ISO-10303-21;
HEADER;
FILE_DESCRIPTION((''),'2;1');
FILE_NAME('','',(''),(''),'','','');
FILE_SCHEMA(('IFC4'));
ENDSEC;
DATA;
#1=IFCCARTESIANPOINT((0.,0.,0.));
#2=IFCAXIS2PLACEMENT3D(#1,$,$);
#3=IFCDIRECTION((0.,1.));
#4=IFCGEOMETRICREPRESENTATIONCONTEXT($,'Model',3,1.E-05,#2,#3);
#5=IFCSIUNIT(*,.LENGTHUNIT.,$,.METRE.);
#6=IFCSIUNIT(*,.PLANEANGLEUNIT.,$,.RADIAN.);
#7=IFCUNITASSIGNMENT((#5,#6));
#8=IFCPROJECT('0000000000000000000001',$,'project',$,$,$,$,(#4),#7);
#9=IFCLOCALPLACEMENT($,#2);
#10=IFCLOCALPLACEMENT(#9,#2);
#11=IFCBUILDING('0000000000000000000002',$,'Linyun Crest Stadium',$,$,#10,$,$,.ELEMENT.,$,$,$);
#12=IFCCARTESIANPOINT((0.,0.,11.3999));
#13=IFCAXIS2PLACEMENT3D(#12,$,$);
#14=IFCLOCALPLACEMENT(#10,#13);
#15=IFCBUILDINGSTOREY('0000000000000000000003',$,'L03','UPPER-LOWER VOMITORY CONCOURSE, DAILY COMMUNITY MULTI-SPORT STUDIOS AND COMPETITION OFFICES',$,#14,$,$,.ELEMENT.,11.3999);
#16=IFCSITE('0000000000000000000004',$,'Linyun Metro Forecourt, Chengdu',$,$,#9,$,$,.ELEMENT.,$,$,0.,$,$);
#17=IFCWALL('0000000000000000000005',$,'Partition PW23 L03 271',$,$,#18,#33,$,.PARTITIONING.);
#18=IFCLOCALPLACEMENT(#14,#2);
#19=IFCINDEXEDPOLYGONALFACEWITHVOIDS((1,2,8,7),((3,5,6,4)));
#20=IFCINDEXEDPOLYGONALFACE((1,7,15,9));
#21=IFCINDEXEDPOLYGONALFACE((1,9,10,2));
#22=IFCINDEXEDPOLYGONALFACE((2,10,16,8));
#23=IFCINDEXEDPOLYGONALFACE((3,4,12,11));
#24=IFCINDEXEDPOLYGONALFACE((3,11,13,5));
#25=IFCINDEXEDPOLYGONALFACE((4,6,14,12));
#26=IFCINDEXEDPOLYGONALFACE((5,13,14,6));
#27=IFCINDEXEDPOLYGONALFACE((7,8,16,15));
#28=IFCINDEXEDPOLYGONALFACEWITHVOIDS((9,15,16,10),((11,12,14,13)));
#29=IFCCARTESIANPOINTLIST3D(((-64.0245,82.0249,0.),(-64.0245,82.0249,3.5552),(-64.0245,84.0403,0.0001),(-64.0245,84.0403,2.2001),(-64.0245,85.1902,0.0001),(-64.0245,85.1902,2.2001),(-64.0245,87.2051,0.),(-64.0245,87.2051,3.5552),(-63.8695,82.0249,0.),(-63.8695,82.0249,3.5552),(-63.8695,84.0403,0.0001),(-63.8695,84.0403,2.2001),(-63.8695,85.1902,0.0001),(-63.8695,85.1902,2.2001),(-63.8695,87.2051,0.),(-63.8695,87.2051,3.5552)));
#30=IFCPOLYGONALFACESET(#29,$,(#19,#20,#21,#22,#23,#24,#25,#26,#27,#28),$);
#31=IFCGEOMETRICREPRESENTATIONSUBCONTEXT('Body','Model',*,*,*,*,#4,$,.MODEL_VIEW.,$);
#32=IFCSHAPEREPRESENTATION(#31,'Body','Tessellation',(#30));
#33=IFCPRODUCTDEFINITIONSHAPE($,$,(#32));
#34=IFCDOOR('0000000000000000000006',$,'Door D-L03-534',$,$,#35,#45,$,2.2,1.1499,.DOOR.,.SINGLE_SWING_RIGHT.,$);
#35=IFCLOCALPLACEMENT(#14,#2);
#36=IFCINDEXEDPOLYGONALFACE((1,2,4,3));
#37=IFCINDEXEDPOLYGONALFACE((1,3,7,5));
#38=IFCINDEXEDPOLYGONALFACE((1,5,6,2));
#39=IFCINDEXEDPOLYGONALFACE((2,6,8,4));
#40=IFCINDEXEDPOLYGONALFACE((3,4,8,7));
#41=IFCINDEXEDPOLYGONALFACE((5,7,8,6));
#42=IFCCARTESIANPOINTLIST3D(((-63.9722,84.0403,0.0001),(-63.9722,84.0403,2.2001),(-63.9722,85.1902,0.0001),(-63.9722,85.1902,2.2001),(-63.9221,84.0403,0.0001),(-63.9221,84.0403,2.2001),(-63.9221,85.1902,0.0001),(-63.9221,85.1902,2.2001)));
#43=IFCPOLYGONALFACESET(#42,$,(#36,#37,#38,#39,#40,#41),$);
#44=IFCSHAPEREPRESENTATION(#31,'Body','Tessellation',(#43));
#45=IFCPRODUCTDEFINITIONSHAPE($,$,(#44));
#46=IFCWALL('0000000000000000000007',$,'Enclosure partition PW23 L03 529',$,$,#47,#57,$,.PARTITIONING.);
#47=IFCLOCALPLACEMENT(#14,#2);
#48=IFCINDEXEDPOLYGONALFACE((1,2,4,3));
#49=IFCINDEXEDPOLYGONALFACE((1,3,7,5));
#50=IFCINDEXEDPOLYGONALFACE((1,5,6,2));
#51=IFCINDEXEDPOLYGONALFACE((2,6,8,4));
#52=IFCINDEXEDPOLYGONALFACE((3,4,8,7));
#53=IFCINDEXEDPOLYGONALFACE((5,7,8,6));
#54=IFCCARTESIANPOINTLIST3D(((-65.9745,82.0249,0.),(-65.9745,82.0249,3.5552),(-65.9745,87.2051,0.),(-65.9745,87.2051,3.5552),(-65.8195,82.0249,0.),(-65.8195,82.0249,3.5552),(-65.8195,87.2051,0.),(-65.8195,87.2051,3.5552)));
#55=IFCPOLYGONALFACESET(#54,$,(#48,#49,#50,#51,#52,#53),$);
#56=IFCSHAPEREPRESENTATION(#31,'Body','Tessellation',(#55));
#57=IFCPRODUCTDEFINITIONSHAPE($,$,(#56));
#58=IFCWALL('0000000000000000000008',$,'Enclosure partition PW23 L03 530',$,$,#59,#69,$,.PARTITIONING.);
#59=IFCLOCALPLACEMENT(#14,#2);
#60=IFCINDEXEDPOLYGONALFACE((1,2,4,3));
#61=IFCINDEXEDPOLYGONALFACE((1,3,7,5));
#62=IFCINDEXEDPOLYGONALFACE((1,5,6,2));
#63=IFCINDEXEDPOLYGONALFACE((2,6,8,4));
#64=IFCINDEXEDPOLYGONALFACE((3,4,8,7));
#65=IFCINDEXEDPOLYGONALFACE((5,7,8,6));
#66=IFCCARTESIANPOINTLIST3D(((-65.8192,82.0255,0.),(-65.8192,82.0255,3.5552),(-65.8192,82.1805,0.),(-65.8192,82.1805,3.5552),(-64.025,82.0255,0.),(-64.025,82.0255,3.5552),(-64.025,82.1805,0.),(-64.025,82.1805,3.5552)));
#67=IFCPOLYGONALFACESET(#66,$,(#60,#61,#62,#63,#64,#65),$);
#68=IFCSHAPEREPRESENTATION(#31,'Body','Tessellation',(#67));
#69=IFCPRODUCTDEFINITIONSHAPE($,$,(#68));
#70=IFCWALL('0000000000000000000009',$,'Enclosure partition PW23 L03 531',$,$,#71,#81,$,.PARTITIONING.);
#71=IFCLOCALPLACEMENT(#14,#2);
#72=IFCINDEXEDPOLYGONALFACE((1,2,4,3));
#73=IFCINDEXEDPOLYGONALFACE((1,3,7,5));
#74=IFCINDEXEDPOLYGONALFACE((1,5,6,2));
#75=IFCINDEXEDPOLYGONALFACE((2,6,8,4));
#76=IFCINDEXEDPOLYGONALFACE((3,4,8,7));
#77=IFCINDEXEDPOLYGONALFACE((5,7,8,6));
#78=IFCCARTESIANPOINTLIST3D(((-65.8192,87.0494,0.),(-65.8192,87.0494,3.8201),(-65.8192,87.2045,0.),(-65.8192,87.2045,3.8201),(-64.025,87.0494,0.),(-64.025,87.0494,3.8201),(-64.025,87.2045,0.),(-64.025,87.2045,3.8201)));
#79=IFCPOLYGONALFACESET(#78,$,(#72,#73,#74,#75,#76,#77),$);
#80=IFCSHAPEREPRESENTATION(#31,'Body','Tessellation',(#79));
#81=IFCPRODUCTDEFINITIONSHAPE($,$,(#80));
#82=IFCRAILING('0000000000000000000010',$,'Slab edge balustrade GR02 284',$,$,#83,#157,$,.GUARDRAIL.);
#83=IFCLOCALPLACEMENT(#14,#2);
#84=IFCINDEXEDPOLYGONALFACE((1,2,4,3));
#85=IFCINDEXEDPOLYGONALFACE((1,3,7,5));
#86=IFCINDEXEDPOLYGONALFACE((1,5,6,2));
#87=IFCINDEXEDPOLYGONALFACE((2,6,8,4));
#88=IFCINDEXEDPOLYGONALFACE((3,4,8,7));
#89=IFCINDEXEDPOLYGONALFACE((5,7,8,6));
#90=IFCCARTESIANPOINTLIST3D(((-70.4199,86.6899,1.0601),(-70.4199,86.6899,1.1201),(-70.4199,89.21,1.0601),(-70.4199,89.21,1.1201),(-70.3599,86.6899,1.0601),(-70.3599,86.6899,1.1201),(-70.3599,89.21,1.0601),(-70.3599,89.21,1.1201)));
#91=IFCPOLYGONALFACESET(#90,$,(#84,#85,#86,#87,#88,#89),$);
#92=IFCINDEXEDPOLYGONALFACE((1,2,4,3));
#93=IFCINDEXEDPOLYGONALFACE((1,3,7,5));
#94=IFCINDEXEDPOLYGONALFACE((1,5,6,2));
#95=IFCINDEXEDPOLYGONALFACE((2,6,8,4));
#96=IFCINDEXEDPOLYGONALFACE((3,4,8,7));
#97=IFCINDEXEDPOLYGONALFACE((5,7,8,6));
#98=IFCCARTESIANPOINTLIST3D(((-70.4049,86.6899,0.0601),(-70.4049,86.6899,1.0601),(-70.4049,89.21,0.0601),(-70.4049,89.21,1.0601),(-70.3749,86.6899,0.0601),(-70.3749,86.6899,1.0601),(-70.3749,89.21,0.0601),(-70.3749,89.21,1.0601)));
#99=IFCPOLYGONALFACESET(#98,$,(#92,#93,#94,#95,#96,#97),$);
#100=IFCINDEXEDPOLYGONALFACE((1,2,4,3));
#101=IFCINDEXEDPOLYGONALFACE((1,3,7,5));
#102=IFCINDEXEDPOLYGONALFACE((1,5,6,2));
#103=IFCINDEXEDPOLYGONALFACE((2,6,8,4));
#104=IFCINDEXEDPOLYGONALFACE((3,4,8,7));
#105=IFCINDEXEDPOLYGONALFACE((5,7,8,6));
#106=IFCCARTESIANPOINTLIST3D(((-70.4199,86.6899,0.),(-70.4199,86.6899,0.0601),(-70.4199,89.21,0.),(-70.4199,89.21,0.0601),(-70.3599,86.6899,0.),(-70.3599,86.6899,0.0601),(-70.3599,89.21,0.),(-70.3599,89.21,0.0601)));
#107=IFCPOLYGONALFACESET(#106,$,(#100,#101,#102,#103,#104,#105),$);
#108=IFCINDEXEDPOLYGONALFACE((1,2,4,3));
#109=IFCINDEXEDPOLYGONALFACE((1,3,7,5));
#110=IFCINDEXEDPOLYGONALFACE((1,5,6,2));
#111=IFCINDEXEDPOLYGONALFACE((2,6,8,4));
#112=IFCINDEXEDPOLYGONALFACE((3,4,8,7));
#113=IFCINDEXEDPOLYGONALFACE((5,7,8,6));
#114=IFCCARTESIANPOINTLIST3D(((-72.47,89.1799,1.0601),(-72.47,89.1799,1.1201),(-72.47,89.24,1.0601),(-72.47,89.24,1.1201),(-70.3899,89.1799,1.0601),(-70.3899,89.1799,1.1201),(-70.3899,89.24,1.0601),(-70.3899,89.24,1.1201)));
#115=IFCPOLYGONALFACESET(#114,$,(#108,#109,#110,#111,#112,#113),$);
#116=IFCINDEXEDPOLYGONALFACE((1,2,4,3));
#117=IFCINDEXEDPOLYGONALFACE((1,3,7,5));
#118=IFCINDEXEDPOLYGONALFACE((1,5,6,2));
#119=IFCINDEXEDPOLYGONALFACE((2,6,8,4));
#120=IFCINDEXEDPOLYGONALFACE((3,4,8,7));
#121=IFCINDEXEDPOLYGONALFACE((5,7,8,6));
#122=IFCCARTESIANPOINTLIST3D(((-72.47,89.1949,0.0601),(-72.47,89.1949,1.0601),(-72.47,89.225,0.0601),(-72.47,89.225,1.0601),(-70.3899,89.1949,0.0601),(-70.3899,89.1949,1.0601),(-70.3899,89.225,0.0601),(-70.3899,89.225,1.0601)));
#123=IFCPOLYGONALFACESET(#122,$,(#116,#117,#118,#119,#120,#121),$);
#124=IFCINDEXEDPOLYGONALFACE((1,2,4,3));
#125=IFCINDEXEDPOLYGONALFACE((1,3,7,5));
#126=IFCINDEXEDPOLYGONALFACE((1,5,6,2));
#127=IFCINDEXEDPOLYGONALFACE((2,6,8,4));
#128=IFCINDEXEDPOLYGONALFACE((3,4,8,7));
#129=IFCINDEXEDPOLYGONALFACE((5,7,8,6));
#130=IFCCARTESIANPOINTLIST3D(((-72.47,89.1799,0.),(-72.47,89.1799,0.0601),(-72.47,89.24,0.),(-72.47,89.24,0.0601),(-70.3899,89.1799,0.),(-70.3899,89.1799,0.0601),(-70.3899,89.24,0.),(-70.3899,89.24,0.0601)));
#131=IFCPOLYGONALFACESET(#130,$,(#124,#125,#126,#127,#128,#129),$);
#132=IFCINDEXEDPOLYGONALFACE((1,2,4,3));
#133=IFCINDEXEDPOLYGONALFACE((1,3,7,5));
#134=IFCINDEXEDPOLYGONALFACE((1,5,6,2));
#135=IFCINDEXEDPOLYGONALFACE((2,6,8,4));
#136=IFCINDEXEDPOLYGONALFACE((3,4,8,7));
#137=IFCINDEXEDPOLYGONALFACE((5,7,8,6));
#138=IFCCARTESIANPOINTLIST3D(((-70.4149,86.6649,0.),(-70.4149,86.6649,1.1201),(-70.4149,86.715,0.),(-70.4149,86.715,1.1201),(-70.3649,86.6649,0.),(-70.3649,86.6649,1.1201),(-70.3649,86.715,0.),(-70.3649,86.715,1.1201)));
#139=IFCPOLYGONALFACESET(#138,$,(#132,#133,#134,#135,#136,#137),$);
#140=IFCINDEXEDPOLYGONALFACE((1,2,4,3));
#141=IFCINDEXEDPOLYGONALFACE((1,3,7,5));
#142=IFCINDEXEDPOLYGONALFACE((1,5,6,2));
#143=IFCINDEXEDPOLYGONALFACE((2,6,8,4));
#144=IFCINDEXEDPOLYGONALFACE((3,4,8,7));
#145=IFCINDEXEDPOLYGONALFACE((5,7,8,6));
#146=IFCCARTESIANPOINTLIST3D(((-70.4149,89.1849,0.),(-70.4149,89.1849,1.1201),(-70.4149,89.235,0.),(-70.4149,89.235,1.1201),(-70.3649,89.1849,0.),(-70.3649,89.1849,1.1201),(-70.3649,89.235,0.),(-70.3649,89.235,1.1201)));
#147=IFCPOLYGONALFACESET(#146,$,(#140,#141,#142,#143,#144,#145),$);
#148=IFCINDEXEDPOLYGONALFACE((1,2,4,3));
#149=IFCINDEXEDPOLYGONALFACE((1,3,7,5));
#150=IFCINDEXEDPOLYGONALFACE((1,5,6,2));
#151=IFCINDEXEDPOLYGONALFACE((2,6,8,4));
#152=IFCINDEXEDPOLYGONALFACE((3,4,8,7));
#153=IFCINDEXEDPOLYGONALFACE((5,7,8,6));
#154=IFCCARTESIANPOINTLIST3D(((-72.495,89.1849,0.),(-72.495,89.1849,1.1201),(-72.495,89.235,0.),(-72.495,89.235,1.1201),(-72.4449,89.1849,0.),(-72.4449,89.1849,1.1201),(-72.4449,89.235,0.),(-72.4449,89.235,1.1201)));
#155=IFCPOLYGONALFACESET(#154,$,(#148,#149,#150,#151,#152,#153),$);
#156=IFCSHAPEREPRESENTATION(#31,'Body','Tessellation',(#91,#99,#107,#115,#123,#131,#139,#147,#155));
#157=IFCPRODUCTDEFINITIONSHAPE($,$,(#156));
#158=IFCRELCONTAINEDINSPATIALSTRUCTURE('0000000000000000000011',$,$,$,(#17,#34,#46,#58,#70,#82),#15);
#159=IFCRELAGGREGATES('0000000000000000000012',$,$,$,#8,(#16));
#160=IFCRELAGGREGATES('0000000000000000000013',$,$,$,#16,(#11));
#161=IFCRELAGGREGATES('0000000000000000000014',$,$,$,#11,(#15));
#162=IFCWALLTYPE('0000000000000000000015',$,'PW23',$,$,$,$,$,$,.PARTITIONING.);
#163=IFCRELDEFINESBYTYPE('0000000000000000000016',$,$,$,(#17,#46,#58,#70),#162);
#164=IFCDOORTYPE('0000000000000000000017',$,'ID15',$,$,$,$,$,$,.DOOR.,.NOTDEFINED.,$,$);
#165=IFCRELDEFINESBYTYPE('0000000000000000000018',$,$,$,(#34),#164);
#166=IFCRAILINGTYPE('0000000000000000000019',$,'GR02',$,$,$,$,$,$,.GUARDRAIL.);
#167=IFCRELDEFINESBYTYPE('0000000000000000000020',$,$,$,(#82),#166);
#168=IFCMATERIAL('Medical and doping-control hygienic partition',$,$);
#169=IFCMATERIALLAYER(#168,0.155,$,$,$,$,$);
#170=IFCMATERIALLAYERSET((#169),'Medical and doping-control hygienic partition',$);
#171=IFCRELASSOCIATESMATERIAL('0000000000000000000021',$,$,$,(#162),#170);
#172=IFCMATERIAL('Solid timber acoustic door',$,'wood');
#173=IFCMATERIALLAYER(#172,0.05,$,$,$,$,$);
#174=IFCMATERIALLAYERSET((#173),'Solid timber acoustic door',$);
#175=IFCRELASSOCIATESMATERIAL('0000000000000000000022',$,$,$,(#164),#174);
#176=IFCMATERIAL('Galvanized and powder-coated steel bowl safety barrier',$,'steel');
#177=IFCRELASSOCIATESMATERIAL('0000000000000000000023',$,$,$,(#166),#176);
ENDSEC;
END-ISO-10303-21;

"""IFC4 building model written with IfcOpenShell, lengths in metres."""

from ifc_helpers import new_model, si_unit, direction, frame, frame_2d, origin, origin_2d, place, context, subcontext, project, spatial, rectangle, extrude, material, layer, layer_set, type_object, element, fill, save


model = new_model("IFC4")

# Units and contexts
model_context = context("Model", 3, precision=1e-05, world=origin(), true_north=direction((0.0, 1.0)))
body_context = subcontext(model_context, "Body", "Model", "MODEL_VIEW")
ifc_project = project(units=[si_unit("LENGTHUNIT", "METRE"), si_unit("PLANEANGLEUNIT", "RADIAN")], contexts=[model_context])

# Site, building, storey
site_placement = place(None, origin())
site = spatial("IfcSite", under=ifc_project, at=site_placement, Name="Linyun Metro Forecourt, Chengdu", CompositionType="ELEMENT", RefElevation=0.0)
building_placement = place(site_placement, origin())
building = spatial("IfcBuilding", under=site, at=building_placement, Name="Linyun Crest Stadium", CompositionType="ELEMENT")
storey_placement = place(building_placement, frame((0.0, 0.0, 11.3999)))
storey = spatial("IfcBuildingStorey", under=building, at=storey_placement, Name="L03", Description="UPPER-LOWER VOMITORY CONCOURSE, DAILY COMMUNITY MULTI-SPORT STUDIOS AND COMPETITION OFFICES", CompositionType="ELEMENT", Elevation=11.3999)

# Wall, opening, door
ifc_material_1 = material(Name="Medical and doping-control hygienic partition")
ifc_layer_1 = layer(ifc_material_1, 0.155)
ifc_layer_set_1 = layer_set([ifc_layer_1], Name="Medical and doping-control hygienic partition")
wall_type_1 = type_object("IfcWallType", Name="PW23", PredefinedType="PARTITIONING", material=ifc_layer_set_1)
wall_1_placement = place(storey_placement, frame((-63.947, 87.2051, 0.0), z_axis=(0.0, 0.0, 1.0), x_axis=(0.0, -1.0, 0.0)))
wall_1 = element("IfcWall", 1, at=wall_1_placement, inside=storey, type_object=wall_type_1, Name="Partition PW23 L03 271", PredefinedType="PARTITIONING", context=body_context, shape_type="SweptSolid", body=[
    extrude(rectangle(XDim=5.1802, YDim=0.155, at=frame_2d((2.5901, 0.0))), origin(), (0.0, 0.0, 1.0), 3.5552),
])
opening_1_placement = place(wall_1_placement, frame((2.0149, 0.0, 0.0)))
opening_1 = element("IfcOpeningElement", 2, at=opening_1_placement, cuts=wall_1, PredefinedType="OPENING", context=body_context, shape_type="SweptSolid", body=[
    extrude(rectangle(XDim=1.1499, YDim=2.2, at=frame_2d((0.575, 1.1001))), frame((0.0, 0.0874, 0.0), z_axis=(0.0, -1.0, 0.0), x_axis=(1.0, 0.0, 0.0)), (0.0, 0.0, 1.0), 0.175),
])
ifc_material_2 = material(Name="Solid timber acoustic door", Category="wood")
ifc_layer_2 = layer(ifc_material_2, 0.05)
ifc_layer_set_2 = layer_set([ifc_layer_2], Name="Solid timber acoustic door")
door_type_1 = type_object("IfcDoorType", Name="ID15", OperationType="NOTDEFINED", PredefinedType="DOOR", material=ifc_layer_set_2)
door_1_placement = place(opening_1_placement, origin())
door_1 = element("IfcDoor", 3, at=door_1_placement, inside=storey, type_object=door_type_1, Name="Door D-L03-534", OperationType="SINGLE_SWING_RIGHT", OverallHeight=2.2, OverallWidth=1.1499, PredefinedType="DOOR", context=body_context, shape_type="SweptSolid", body=[
    extrude(rectangle(XDim=1.1499, YDim=2.2, at=frame_2d((0.575, 1.1001))), frame((0.0, 0.0249, 0.0), z_axis=(0.0, -1.0, 0.0), x_axis=(1.0, 0.0, 0.0)), (0.0, 0.0, 1.0), 0.05),
])
fill(opening_1, door_1)

# Walls
wall_2_placement = place(storey_placement, frame((-65.897, 82.0249, 0.0), z_axis=(0.0, 0.0, 1.0), x_axis=(0.0, 1.0, 0.0)))
element("IfcWall", 4, at=wall_2_placement, inside=storey, type_object=wall_type_1, Name="Enclosure partition PW23 L03 529", PredefinedType="PARTITIONING", context=body_context, shape_type="SweptSolid", body=[
    extrude(rectangle(XDim=5.1802, YDim=0.155, at=frame_2d((2.5901, 0.0))), origin(), (0.0, 0.0, 1.0), 3.5552),
])
wall_3_placement = place(storey_placement, frame((-65.8191, 82.103, 0.0), z_axis=(0.0, 0.0, 1.0), x_axis=(1.0, 0.0, 0.0)))
element("IfcWall", 5, at=wall_3_placement, inside=storey, type_object=wall_type_1, Name="Enclosure partition PW23 L03 530", PredefinedType="PARTITIONING", context=body_context, shape_type="SweptSolid", body=[
    extrude(rectangle(XDim=1.7942, YDim=0.155, at=frame_2d((0.897, 0.0))), origin(), (0.0, 0.0, 1.0), 3.5552),
])
wall_4_placement = place(storey_placement, frame((-65.8191, 87.127, 0.0), z_axis=(0.0, 0.0, 1.0), x_axis=(1.0, 0.0, 0.0)))
element("IfcWall", 6, at=wall_4_placement, inside=storey, type_object=wall_type_1, Name="Enclosure partition PW23 L03 531", PredefinedType="PARTITIONING", context=body_context, shape_type="SweptSolid", body=[
    extrude(rectangle(XDim=1.7942, YDim=0.155, at=frame_2d((0.897, 0.0))), origin(), (0.0, 0.0, 1.0), 3.8201),
])

# Railing
ifc_material_3 = material(Name="Galvanized and powder-coated steel bowl safety barrier", Category="steel")
railing_type = type_object("IfcRailingType", Name="GR02", PredefinedType="GUARDRAIL", material=ifc_material_3)
railing_placement = place(storey_placement, frame((-70.3899, 86.6899, 0.0)))
element("IfcRailing", 7, at=railing_placement, inside=storey, type_object=railing_type, Name="Slab edge balustrade GR02 284", PredefinedType="GUARDRAIL", context=body_context, shape_type="SweptSolid", body=[
    extrude(rectangle(XDim=0.0601, YDim=0.0601, at=origin_2d()), frame((0.0, 0.0, 1.0901), z_axis=(0.0, 1.0, 0.0), x_axis=(-1.0, 0.0, 0.0)), (0.0, 0.0, 1.0), 2.52),
    extrude(rectangle(XDim=0.03, YDim=1.0, at=origin_2d()), frame((0.0, 0.0, 0.5601), z_axis=(0.0, 1.0, 0.0), x_axis=(-1.0, 0.0, 0.0)), (0.0, 0.0, 1.0), 2.52),
    extrude(rectangle(XDim=0.0601, YDim=0.0601, at=origin_2d()), frame((0.0, 0.0, 0.03), z_axis=(0.0, 1.0, 0.0), x_axis=(-1.0, 0.0, 0.0)), (0.0, 0.0, 1.0), 2.52),
    extrude(rectangle(XDim=0.0601, YDim=0.0601, at=origin_2d()), frame((0.0, 2.52, 1.0901), z_axis=(-1.0, 0.0, 0.0), x_axis=(0.0, -1.0, 0.0)), (0.0, 0.0, 1.0), 2.0801),
    extrude(rectangle(XDim=0.03, YDim=1.0, at=origin_2d()), frame((0.0, 2.52, 0.5601), z_axis=(-1.0, 0.0, 0.0), x_axis=(0.0, -1.0, 0.0)), (0.0, 0.0, 1.0), 2.0801),
    extrude(rectangle(XDim=0.0601, YDim=0.0601, at=origin_2d()), frame((0.0, 2.52, 0.03), z_axis=(-1.0, 0.0, 0.0), x_axis=(0.0, -1.0, 0.0)), (0.0, 0.0, 1.0), 2.0801),
    extrude(rectangle(XDim=0.05, YDim=0.05, at=origin_2d()), origin(), (0.0, 0.0, 1.0), 1.1201),
    extrude(rectangle(XDim=0.05, YDim=0.05, at=origin_2d()), frame((0.0, 2.52, 0.0)), (0.0, 0.0, 1.0), 1.1201),
    extrude(rectangle(XDim=0.05, YDim=0.05, at=origin_2d()), frame((-2.0801, 2.52, 0.0)), (0.0, 0.0, 1.0), 1.1201),
])

save(model, "model.ifc")
